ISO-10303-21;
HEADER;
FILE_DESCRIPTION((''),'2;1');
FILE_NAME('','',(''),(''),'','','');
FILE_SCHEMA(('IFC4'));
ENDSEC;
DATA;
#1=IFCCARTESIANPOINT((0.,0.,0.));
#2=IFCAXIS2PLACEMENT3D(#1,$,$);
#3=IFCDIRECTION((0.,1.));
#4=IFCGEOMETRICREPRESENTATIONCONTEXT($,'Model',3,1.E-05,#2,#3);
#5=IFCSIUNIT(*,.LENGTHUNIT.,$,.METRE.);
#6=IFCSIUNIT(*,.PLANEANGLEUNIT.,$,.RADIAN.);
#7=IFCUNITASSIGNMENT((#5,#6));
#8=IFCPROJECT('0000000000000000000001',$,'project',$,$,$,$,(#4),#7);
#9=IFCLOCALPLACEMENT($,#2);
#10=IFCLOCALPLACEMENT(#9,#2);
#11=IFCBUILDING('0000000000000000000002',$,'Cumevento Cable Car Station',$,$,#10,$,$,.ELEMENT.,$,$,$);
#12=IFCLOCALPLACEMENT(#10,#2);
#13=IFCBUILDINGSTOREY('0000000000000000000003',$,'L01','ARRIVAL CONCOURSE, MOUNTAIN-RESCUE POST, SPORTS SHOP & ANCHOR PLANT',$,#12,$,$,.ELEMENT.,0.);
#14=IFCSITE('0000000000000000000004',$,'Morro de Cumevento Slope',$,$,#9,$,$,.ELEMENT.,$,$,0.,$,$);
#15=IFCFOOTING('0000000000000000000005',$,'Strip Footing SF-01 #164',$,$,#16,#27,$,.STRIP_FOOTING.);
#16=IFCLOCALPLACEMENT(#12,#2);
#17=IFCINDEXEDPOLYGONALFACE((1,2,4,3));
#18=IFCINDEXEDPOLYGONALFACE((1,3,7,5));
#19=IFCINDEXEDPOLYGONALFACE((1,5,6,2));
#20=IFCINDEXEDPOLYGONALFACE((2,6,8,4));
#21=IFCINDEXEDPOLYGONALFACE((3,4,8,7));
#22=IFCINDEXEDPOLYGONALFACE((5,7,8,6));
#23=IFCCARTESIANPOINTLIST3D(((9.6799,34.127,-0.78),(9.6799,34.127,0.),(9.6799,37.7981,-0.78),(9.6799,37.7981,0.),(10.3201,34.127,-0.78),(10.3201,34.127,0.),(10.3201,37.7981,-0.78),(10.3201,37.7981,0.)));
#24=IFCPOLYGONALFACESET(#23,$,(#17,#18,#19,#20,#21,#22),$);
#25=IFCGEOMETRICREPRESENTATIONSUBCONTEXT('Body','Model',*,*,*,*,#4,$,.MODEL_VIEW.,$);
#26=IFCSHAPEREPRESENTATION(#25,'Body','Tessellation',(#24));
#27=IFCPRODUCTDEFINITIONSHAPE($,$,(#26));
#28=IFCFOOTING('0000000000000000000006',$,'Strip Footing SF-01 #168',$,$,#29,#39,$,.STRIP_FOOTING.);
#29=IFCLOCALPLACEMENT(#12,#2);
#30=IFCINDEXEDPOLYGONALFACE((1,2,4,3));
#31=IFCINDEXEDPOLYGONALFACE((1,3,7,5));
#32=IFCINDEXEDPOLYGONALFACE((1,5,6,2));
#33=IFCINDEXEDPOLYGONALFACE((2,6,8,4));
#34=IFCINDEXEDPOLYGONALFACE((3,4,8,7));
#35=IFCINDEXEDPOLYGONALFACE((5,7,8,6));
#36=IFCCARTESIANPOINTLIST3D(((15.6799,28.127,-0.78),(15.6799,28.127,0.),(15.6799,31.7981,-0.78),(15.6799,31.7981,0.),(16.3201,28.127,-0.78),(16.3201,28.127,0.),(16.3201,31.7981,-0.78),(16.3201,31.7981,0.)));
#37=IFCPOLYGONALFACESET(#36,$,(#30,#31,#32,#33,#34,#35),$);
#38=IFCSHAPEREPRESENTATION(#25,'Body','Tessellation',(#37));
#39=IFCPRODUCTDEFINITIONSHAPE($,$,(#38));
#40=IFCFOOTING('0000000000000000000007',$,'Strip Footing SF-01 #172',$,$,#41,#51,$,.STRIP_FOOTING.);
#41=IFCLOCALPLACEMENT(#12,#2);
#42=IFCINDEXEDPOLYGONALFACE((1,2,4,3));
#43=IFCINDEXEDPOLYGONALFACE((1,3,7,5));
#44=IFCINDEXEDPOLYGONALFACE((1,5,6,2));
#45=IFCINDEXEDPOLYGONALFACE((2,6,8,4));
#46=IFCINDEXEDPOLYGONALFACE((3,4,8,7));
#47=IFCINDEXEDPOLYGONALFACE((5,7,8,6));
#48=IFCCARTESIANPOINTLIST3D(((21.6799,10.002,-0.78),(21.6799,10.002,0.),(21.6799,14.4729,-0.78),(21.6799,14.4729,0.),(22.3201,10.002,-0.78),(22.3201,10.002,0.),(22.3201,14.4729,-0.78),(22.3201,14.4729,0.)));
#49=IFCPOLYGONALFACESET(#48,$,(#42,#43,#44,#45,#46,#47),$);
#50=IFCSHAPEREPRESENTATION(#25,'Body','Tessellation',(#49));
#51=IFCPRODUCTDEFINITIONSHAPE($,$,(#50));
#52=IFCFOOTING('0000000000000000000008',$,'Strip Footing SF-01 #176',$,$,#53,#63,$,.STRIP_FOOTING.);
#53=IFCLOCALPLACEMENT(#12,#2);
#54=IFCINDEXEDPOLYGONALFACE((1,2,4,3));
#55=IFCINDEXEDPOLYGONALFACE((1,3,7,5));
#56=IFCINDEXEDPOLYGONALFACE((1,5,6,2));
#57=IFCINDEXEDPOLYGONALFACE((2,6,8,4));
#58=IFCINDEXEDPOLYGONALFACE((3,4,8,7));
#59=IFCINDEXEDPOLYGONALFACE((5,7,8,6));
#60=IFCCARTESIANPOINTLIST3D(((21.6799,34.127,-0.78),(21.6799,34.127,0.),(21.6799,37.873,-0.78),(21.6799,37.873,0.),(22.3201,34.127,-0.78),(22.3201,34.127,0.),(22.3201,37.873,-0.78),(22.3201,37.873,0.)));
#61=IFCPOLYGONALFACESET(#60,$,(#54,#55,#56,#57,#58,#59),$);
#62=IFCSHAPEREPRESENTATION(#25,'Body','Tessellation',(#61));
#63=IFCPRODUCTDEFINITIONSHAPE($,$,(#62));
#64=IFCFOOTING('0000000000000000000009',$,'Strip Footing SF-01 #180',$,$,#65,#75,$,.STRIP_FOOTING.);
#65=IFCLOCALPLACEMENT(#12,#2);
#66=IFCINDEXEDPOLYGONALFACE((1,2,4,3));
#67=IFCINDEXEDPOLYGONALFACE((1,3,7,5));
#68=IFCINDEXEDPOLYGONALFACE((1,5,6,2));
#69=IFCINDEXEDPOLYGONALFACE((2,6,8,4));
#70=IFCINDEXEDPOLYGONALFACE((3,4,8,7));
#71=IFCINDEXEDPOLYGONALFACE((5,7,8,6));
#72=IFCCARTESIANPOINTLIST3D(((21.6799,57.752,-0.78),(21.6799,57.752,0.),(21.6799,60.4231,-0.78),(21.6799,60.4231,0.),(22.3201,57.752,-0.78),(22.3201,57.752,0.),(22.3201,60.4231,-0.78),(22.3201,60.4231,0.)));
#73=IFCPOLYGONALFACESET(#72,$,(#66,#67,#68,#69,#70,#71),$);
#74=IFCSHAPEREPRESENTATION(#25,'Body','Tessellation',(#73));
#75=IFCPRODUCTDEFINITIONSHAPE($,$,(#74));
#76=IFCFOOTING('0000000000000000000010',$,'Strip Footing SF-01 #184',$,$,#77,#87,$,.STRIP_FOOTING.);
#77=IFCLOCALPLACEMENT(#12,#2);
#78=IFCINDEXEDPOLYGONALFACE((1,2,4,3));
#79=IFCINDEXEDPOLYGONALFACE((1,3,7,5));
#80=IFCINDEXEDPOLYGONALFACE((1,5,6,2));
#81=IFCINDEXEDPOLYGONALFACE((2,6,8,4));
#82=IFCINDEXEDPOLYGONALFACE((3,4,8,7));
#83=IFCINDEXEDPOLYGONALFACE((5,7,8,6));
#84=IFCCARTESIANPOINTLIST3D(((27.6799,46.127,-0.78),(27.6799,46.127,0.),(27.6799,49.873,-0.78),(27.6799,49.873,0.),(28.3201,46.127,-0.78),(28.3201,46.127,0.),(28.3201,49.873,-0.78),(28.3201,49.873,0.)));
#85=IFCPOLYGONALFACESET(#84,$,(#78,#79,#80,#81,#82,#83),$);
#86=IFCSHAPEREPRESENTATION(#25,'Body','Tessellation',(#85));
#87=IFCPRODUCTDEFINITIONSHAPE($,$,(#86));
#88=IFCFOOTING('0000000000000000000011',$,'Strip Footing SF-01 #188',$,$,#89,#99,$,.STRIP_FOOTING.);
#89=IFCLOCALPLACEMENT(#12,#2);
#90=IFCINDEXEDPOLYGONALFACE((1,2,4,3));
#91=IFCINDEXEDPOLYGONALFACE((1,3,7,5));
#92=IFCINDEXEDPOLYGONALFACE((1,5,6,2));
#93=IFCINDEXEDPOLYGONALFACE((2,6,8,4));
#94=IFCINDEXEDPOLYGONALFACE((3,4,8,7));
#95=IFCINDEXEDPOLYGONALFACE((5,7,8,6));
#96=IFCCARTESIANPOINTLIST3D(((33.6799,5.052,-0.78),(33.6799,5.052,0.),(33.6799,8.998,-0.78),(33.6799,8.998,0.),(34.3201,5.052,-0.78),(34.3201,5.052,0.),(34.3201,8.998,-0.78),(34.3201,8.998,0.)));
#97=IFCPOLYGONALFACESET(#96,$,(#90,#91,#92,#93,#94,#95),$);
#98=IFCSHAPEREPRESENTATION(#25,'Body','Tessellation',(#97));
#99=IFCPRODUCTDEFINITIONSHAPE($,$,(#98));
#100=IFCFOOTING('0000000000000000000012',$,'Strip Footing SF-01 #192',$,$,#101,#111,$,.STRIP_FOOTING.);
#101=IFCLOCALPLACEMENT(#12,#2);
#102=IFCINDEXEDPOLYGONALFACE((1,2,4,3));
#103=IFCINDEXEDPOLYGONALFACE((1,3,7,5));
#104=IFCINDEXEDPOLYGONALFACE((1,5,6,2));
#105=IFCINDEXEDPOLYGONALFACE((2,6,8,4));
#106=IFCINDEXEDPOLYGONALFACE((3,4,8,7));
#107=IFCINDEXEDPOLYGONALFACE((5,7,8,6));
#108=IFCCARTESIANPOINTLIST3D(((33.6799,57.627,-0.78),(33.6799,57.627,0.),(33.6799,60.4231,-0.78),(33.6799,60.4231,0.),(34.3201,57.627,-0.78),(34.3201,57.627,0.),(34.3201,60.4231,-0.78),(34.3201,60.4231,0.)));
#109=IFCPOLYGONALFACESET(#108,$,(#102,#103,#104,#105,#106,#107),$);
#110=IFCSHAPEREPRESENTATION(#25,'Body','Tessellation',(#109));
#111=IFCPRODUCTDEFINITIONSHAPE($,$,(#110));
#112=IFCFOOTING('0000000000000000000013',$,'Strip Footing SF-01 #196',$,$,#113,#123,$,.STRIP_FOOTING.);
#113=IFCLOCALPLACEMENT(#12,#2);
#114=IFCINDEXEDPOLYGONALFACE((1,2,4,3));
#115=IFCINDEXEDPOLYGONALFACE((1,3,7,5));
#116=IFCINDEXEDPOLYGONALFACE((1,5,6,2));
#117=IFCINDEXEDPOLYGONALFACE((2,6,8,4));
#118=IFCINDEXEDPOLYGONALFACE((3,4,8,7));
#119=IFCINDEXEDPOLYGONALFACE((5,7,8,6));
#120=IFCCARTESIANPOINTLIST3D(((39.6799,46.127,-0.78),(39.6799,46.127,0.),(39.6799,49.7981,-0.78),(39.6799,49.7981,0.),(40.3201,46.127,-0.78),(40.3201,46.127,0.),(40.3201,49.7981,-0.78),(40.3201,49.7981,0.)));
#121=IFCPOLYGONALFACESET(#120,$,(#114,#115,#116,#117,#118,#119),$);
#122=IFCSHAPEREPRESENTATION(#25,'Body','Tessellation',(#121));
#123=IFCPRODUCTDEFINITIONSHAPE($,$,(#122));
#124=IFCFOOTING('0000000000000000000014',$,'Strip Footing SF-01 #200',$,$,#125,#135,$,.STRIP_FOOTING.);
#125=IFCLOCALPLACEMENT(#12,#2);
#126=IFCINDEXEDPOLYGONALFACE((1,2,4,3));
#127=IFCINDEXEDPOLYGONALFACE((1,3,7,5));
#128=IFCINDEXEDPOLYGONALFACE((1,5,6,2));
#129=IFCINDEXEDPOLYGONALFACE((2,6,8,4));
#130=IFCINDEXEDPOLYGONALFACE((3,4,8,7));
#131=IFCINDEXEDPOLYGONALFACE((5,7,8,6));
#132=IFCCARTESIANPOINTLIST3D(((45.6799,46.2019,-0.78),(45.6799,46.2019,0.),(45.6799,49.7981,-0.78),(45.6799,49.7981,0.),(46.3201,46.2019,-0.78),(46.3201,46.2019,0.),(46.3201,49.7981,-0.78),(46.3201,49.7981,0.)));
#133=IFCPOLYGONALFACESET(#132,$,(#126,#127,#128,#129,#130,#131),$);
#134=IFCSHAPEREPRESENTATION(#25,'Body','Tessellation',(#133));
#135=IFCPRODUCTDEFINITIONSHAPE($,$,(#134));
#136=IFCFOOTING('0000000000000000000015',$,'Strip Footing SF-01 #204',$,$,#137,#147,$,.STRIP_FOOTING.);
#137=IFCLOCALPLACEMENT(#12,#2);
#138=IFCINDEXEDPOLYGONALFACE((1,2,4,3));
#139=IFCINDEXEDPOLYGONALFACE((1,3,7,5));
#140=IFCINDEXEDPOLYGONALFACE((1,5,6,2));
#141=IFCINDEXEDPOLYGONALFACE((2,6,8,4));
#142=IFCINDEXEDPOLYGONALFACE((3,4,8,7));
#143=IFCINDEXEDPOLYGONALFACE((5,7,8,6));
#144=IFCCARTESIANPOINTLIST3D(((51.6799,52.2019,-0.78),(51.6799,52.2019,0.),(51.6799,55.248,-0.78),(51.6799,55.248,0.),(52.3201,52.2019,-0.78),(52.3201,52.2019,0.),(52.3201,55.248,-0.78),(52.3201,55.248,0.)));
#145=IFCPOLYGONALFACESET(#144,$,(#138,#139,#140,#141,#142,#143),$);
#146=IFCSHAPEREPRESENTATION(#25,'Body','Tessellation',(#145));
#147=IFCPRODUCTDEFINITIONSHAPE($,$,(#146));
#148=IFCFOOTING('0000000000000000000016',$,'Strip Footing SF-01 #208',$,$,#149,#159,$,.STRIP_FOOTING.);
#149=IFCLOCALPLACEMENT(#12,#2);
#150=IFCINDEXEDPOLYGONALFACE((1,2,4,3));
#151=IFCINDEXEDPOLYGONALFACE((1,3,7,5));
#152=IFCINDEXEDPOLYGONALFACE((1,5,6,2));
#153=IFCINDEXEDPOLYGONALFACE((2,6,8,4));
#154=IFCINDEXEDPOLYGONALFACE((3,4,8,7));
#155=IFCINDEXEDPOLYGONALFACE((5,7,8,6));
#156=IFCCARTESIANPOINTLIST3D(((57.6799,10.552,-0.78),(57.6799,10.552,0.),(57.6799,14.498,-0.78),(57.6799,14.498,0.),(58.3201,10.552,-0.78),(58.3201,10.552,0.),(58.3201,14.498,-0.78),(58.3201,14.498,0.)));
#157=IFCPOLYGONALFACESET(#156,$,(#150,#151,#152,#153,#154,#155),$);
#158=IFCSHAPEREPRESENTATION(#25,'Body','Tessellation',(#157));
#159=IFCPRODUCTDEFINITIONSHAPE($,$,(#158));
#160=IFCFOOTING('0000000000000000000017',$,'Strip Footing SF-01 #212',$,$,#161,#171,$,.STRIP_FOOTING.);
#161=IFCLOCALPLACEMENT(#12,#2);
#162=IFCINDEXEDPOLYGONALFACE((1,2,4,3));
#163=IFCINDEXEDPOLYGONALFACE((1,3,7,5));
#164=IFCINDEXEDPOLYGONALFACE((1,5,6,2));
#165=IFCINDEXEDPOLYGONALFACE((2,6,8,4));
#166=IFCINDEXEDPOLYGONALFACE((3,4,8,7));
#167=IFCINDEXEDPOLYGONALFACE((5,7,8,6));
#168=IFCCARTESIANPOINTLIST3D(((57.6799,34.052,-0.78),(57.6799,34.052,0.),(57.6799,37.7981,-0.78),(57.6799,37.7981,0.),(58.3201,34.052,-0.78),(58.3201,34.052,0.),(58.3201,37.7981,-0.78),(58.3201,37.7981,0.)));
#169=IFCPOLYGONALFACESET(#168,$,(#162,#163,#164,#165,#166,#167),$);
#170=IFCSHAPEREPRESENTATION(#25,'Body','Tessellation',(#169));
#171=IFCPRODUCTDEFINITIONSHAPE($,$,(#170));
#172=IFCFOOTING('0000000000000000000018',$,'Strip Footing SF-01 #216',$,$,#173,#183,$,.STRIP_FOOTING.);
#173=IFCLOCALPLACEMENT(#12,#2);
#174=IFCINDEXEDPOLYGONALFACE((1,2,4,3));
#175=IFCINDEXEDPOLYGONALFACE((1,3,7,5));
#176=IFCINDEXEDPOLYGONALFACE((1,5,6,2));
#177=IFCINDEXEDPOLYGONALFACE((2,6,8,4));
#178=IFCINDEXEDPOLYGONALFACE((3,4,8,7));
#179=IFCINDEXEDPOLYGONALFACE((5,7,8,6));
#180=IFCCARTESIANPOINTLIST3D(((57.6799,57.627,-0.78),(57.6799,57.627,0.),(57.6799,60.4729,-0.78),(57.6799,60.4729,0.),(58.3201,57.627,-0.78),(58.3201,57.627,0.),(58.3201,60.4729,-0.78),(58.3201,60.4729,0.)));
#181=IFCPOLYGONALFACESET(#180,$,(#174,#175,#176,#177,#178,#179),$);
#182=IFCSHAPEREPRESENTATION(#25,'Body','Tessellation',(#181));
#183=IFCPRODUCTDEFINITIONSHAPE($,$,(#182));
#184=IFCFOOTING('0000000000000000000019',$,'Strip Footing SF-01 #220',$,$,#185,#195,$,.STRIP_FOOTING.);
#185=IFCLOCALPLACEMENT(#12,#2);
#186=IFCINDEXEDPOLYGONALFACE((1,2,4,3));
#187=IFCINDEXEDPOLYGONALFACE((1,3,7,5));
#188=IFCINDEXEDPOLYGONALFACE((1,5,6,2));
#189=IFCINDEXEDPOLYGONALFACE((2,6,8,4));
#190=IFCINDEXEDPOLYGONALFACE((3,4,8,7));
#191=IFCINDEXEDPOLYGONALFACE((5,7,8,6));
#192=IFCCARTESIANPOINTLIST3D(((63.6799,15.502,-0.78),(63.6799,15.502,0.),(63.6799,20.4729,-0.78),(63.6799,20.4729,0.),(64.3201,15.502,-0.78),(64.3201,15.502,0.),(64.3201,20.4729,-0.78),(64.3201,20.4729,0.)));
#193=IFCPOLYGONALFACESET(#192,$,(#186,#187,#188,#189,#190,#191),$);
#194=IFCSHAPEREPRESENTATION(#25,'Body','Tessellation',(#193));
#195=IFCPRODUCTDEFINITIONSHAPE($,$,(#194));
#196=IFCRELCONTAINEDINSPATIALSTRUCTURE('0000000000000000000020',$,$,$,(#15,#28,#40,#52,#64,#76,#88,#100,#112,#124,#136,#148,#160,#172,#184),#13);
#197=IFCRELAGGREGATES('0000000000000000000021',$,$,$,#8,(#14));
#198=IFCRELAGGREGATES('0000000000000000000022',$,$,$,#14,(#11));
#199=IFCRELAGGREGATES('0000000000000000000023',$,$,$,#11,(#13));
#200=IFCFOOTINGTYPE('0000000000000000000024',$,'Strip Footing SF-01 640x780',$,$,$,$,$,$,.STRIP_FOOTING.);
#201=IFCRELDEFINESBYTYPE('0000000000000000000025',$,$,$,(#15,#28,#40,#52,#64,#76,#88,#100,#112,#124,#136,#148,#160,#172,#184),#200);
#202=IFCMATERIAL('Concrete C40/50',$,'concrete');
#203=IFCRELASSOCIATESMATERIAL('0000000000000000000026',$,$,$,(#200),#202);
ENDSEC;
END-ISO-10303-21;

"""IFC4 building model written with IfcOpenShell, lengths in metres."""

from ifc_helpers import new_model, si_unit, direction, frame, origin, place, context, subcontext, project, spatial, polyline, outline, extrude, material, type_object, element, save


model = new_model("IFC4")

# Units and contexts
model_context = context("Model", 3, precision=1e-05, world=origin(), true_north=direction((0.0, 1.0)))
body_context = subcontext(model_context, "Body", "Model", "MODEL_VIEW")
ifc_project = project(units=[si_unit("LENGTHUNIT", "METRE"), si_unit("PLANEANGLEUNIT", "RADIAN")], contexts=[model_context])

# Site, building, storey
site_placement = place(None, origin())
site = spatial("IfcSite", under=ifc_project, at=site_placement, Name="Morro de Cumevento Slope", CompositionType="ELEMENT", RefElevation=0.0)
building_placement = place(site_placement, origin())
building = spatial("IfcBuilding", under=site, at=building_placement, Name="Cumevento Cable Car Station", CompositionType="ELEMENT")
storey_placement = place(building_placement, origin())
storey = spatial("IfcBuildingStorey", under=building, at=storey_placement, Name="L01", Description="ARRIVAL CONCOURSE, MOUNTAIN-RESCUE POST, SPORTS SHOP & ANCHOR PLANT", CompositionType="ELEMENT", Elevation=0.0)

# Footings
ifc_material = material(Name="Concrete C40/50", Category="concrete")
footing_type = type_object("IfcFootingType", Name="Strip Footing SF-01 640x780", PredefinedType="STRIP_FOOTING", material=ifc_material)
footing_1_placement = place(storey_placement, frame((0.0, 0.0, -0.78)))
element("IfcFooting", 1, at=footing_1_placement, inside=storey, type_object=footing_type, Name="Strip Footing SF-01 #164", PredefinedType="STRIP_FOOTING", context=body_context, shape_type="SweptSolid", body=[
    extrude(outline(polyline([(9.6799, 34.127), (10.3201, 34.127), (10.3201, 37.7981), (9.6799, 37.7981), (9.6799, 34.127)])), origin(), (0.0, 0.0, 1.0), 0.78),
])
footing_2_placement = place(storey_placement, frame((0.0, 0.0, -0.78)))
element("IfcFooting", 2, at=footing_2_placement, inside=storey, type_object=footing_type, Name="Strip Footing SF-01 #168", PredefinedType="STRIP_FOOTING", context=body_context, shape_type="SweptSolid", body=[
    extrude(outline(polyline([(15.6799, 28.127), (16.3201, 28.127), (16.3201, 31.7981), (15.6799, 31.7981), (15.6799, 28.127)])), origin(), (0.0, 0.0, 1.0), 0.78),
])
footing_3_placement = place(storey_placement, frame((0.0, 0.0, -0.78)))
element("IfcFooting", 3, at=footing_3_placement, inside=storey, type_object=footing_type, Name="Strip Footing SF-01 #172", PredefinedType="STRIP_FOOTING", context=body_context, shape_type="SweptSolid", body=[
    extrude(outline(polyline([(21.6799, 10.002), (22.3201, 10.002), (22.3201, 14.4729), (21.6799, 14.4729), (21.6799, 10.002)])), origin(), (0.0, 0.0, 1.0), 0.78),
])
footing_4_placement = place(storey_placement, frame((0.0, 0.0, -0.78)))
element("IfcFooting", 4, at=footing_4_placement, inside=storey, type_object=footing_type, Name="Strip Footing SF-01 #176", PredefinedType="STRIP_FOOTING", context=body_context, shape_type="SweptSolid", body=[
    extrude(outline(polyline([(21.6799, 34.127), (22.3201, 34.127), (22.3201, 37.873), (21.6799, 37.873), (21.6799, 34.127)])), origin(), (0.0, 0.0, 1.0), 0.78),
])
footing_5_placement = place(storey_placement, frame((0.0, 0.0, -0.78)))
element("IfcFooting", 5, at=footing_5_placement, inside=storey, type_object=footing_type, Name="Strip Footing SF-01 #180", PredefinedType="STRIP_FOOTING", context=body_context, shape_type="SweptSolid", body=[
    extrude(outline(polyline([(21.6799, 57.752), (22.3201, 57.752), (22.3201, 60.4231), (21.6799, 60.4231), (21.6799, 57.752)])), origin(), (0.0, 0.0, 1.0), 0.78),
])
footing_6_placement = place(storey_placement, frame((0.0, 0.0, -0.78)))
element("IfcFooting", 6, at=footing_6_placement, inside=storey, type_object=footing_type, Name="Strip Footing SF-01 #184", PredefinedType="STRIP_FOOTING", context=body_context, shape_type="SweptSolid", body=[
    extrude(outline(polyline([(27.6799, 46.127), (28.3201, 46.127), (28.3201, 49.873), (27.6799, 49.873), (27.6799, 46.127)])), origin(), (0.0, 0.0, 1.0), 0.78),
])
footing_7_placement = place(storey_placement, frame((0.0, 0.0, -0.78)))
element("IfcFooting", 7, at=footing_7_placement, inside=storey, type_object=footing_type, Name="Strip Footing SF-01 #188", PredefinedType="STRIP_FOOTING", context=body_context, shape_type="SweptSolid", body=[
    extrude(outline(polyline([(33.6799, 5.052), (34.3201, 5.052), (34.3201, 8.998), (33.6799, 8.998), (33.6799, 5.052)])), origin(), (0.0, 0.0, 1.0), 0.78),
])
footing_8_placement = place(storey_placement, frame((0.0, 0.0, -0.78)))
element("IfcFooting", 8, at=footing_8_placement, inside=storey, type_object=footing_type, Name="Strip Footing SF-01 #192", PredefinedType="STRIP_FOOTING", context=body_context, shape_type="SweptSolid", body=[
    extrude(outline(polyline([(33.6799, 57.627), (34.3201, 57.627), (34.3201, 60.4231), (33.6799, 60.4231), (33.6799, 57.627)])), origin(), (0.0, 0.0, 1.0), 0.78),
])
footing_9_placement = place(storey_placement, frame((0.0, 0.0, -0.78)))
element("IfcFooting", 9, at=footing_9_placement, inside=storey, type_object=footing_type, Name="Strip Footing SF-01 #196", PredefinedType="STRIP_FOOTING", context=body_context, shape_type="SweptSolid", body=[
    extrude(outline(polyline([(39.6799, 46.127), (40.3201, 46.127), (40.3201, 49.7981), (39.6799, 49.7981), (39.6799, 46.127)])), origin(), (0.0, 0.0, 1.0), 0.78),
])
footing_10_placement = place(storey_placement, frame((0.0, 0.0, -0.78)))
element("IfcFooting", 10, at=footing_10_placement, inside=storey, type_object=footing_type, Name="Strip Footing SF-01 #200", PredefinedType="STRIP_FOOTING", context=body_context, shape_type="SweptSolid", body=[
    extrude(outline(polyline([(45.6799, 46.2019), (46.3201, 46.2019), (46.3201, 49.7981), (45.6799, 49.7981), (45.6799, 46.2019)])), origin(), (0.0, 0.0, 1.0), 0.78),
])
footing_11_placement = place(storey_placement, frame((0.0, 0.0, -0.78)))
element("IfcFooting", 11, at=footing_11_placement, inside=storey, type_object=footing_type, Name="Strip Footing SF-01 #204", PredefinedType="STRIP_FOOTING", context=body_context, shape_type="SweptSolid", body=[
    extrude(outline(polyline([(51.6799, 52.2019), (52.3201, 52.2019), (52.3201, 55.248), (51.6799, 55.248), (51.6799, 52.2019)])), origin(), (0.0, 0.0, 1.0), 0.78),
])
footing_12_placement = place(storey_placement, frame((0.0, 0.0, -0.78)))
element("IfcFooting", 12, at=footing_12_placement, inside=storey, type_object=footing_type, Name="Strip Footing SF-01 #208", PredefinedType="STRIP_FOOTING", context=body_context, shape_type="SweptSolid", body=[
    extrude(outline(polyline([(57.6799, 10.552), (58.3201, 10.552), (58.3201, 14.498), (57.6799, 14.498), (57.6799, 10.552)])), origin(), (0.0, 0.0, 1.0), 0.78),
])
footing_13_placement = place(storey_placement, frame((0.0, 0.0, -0.78)))
element("IfcFooting", 13, at=footing_13_placement, inside=storey, type_object=footing_type, Name="Strip Footing SF-01 #212", PredefinedType="STRIP_FOOTING", context=body_context, shape_type="SweptSolid", body=[
    extrude(outline(polyline([(57.6799, 34.052), (58.3201, 34.052), (58.3201, 37.7981), (57.6799, 37.7981), (57.6799, 34.052)])), origin(), (0.0, 0.0, 1.0), 0.78),
])
footing_14_placement = place(storey_placement, frame((0.0, 0.0, -0.78)))
element("IfcFooting", 14, at=footing_14_placement, inside=storey, type_object=footing_type, Name="Strip Footing SF-01 #216", PredefinedType="STRIP_FOOTING", context=body_context, shape_type="SweptSolid", body=[
    extrude(outline(polyline([(57.6799, 57.627), (58.3201, 57.627), (58.3201, 60.4729), (57.6799, 60.4729), (57.6799, 57.627)])), origin(), (0.0, 0.0, 1.0), 0.78),
])
footing_15_placement = place(storey_placement, frame((0.0, 0.0, -0.78)))
element("IfcFooting", 15, at=footing_15_placement, inside=storey, type_object=footing_type, Name="Strip Footing SF-01 #220", PredefinedType="STRIP_FOOTING", context=body_context, shape_type="SweptSolid", body=[
    extrude(outline(polyline([(63.6799, 15.502), (64.3201, 15.502), (64.3201, 20.4729), (63.6799, 20.4729), (63.6799, 15.502)])), origin(), (0.0, 0.0, 1.0), 0.78),
])

save(model, "model.ifc")
